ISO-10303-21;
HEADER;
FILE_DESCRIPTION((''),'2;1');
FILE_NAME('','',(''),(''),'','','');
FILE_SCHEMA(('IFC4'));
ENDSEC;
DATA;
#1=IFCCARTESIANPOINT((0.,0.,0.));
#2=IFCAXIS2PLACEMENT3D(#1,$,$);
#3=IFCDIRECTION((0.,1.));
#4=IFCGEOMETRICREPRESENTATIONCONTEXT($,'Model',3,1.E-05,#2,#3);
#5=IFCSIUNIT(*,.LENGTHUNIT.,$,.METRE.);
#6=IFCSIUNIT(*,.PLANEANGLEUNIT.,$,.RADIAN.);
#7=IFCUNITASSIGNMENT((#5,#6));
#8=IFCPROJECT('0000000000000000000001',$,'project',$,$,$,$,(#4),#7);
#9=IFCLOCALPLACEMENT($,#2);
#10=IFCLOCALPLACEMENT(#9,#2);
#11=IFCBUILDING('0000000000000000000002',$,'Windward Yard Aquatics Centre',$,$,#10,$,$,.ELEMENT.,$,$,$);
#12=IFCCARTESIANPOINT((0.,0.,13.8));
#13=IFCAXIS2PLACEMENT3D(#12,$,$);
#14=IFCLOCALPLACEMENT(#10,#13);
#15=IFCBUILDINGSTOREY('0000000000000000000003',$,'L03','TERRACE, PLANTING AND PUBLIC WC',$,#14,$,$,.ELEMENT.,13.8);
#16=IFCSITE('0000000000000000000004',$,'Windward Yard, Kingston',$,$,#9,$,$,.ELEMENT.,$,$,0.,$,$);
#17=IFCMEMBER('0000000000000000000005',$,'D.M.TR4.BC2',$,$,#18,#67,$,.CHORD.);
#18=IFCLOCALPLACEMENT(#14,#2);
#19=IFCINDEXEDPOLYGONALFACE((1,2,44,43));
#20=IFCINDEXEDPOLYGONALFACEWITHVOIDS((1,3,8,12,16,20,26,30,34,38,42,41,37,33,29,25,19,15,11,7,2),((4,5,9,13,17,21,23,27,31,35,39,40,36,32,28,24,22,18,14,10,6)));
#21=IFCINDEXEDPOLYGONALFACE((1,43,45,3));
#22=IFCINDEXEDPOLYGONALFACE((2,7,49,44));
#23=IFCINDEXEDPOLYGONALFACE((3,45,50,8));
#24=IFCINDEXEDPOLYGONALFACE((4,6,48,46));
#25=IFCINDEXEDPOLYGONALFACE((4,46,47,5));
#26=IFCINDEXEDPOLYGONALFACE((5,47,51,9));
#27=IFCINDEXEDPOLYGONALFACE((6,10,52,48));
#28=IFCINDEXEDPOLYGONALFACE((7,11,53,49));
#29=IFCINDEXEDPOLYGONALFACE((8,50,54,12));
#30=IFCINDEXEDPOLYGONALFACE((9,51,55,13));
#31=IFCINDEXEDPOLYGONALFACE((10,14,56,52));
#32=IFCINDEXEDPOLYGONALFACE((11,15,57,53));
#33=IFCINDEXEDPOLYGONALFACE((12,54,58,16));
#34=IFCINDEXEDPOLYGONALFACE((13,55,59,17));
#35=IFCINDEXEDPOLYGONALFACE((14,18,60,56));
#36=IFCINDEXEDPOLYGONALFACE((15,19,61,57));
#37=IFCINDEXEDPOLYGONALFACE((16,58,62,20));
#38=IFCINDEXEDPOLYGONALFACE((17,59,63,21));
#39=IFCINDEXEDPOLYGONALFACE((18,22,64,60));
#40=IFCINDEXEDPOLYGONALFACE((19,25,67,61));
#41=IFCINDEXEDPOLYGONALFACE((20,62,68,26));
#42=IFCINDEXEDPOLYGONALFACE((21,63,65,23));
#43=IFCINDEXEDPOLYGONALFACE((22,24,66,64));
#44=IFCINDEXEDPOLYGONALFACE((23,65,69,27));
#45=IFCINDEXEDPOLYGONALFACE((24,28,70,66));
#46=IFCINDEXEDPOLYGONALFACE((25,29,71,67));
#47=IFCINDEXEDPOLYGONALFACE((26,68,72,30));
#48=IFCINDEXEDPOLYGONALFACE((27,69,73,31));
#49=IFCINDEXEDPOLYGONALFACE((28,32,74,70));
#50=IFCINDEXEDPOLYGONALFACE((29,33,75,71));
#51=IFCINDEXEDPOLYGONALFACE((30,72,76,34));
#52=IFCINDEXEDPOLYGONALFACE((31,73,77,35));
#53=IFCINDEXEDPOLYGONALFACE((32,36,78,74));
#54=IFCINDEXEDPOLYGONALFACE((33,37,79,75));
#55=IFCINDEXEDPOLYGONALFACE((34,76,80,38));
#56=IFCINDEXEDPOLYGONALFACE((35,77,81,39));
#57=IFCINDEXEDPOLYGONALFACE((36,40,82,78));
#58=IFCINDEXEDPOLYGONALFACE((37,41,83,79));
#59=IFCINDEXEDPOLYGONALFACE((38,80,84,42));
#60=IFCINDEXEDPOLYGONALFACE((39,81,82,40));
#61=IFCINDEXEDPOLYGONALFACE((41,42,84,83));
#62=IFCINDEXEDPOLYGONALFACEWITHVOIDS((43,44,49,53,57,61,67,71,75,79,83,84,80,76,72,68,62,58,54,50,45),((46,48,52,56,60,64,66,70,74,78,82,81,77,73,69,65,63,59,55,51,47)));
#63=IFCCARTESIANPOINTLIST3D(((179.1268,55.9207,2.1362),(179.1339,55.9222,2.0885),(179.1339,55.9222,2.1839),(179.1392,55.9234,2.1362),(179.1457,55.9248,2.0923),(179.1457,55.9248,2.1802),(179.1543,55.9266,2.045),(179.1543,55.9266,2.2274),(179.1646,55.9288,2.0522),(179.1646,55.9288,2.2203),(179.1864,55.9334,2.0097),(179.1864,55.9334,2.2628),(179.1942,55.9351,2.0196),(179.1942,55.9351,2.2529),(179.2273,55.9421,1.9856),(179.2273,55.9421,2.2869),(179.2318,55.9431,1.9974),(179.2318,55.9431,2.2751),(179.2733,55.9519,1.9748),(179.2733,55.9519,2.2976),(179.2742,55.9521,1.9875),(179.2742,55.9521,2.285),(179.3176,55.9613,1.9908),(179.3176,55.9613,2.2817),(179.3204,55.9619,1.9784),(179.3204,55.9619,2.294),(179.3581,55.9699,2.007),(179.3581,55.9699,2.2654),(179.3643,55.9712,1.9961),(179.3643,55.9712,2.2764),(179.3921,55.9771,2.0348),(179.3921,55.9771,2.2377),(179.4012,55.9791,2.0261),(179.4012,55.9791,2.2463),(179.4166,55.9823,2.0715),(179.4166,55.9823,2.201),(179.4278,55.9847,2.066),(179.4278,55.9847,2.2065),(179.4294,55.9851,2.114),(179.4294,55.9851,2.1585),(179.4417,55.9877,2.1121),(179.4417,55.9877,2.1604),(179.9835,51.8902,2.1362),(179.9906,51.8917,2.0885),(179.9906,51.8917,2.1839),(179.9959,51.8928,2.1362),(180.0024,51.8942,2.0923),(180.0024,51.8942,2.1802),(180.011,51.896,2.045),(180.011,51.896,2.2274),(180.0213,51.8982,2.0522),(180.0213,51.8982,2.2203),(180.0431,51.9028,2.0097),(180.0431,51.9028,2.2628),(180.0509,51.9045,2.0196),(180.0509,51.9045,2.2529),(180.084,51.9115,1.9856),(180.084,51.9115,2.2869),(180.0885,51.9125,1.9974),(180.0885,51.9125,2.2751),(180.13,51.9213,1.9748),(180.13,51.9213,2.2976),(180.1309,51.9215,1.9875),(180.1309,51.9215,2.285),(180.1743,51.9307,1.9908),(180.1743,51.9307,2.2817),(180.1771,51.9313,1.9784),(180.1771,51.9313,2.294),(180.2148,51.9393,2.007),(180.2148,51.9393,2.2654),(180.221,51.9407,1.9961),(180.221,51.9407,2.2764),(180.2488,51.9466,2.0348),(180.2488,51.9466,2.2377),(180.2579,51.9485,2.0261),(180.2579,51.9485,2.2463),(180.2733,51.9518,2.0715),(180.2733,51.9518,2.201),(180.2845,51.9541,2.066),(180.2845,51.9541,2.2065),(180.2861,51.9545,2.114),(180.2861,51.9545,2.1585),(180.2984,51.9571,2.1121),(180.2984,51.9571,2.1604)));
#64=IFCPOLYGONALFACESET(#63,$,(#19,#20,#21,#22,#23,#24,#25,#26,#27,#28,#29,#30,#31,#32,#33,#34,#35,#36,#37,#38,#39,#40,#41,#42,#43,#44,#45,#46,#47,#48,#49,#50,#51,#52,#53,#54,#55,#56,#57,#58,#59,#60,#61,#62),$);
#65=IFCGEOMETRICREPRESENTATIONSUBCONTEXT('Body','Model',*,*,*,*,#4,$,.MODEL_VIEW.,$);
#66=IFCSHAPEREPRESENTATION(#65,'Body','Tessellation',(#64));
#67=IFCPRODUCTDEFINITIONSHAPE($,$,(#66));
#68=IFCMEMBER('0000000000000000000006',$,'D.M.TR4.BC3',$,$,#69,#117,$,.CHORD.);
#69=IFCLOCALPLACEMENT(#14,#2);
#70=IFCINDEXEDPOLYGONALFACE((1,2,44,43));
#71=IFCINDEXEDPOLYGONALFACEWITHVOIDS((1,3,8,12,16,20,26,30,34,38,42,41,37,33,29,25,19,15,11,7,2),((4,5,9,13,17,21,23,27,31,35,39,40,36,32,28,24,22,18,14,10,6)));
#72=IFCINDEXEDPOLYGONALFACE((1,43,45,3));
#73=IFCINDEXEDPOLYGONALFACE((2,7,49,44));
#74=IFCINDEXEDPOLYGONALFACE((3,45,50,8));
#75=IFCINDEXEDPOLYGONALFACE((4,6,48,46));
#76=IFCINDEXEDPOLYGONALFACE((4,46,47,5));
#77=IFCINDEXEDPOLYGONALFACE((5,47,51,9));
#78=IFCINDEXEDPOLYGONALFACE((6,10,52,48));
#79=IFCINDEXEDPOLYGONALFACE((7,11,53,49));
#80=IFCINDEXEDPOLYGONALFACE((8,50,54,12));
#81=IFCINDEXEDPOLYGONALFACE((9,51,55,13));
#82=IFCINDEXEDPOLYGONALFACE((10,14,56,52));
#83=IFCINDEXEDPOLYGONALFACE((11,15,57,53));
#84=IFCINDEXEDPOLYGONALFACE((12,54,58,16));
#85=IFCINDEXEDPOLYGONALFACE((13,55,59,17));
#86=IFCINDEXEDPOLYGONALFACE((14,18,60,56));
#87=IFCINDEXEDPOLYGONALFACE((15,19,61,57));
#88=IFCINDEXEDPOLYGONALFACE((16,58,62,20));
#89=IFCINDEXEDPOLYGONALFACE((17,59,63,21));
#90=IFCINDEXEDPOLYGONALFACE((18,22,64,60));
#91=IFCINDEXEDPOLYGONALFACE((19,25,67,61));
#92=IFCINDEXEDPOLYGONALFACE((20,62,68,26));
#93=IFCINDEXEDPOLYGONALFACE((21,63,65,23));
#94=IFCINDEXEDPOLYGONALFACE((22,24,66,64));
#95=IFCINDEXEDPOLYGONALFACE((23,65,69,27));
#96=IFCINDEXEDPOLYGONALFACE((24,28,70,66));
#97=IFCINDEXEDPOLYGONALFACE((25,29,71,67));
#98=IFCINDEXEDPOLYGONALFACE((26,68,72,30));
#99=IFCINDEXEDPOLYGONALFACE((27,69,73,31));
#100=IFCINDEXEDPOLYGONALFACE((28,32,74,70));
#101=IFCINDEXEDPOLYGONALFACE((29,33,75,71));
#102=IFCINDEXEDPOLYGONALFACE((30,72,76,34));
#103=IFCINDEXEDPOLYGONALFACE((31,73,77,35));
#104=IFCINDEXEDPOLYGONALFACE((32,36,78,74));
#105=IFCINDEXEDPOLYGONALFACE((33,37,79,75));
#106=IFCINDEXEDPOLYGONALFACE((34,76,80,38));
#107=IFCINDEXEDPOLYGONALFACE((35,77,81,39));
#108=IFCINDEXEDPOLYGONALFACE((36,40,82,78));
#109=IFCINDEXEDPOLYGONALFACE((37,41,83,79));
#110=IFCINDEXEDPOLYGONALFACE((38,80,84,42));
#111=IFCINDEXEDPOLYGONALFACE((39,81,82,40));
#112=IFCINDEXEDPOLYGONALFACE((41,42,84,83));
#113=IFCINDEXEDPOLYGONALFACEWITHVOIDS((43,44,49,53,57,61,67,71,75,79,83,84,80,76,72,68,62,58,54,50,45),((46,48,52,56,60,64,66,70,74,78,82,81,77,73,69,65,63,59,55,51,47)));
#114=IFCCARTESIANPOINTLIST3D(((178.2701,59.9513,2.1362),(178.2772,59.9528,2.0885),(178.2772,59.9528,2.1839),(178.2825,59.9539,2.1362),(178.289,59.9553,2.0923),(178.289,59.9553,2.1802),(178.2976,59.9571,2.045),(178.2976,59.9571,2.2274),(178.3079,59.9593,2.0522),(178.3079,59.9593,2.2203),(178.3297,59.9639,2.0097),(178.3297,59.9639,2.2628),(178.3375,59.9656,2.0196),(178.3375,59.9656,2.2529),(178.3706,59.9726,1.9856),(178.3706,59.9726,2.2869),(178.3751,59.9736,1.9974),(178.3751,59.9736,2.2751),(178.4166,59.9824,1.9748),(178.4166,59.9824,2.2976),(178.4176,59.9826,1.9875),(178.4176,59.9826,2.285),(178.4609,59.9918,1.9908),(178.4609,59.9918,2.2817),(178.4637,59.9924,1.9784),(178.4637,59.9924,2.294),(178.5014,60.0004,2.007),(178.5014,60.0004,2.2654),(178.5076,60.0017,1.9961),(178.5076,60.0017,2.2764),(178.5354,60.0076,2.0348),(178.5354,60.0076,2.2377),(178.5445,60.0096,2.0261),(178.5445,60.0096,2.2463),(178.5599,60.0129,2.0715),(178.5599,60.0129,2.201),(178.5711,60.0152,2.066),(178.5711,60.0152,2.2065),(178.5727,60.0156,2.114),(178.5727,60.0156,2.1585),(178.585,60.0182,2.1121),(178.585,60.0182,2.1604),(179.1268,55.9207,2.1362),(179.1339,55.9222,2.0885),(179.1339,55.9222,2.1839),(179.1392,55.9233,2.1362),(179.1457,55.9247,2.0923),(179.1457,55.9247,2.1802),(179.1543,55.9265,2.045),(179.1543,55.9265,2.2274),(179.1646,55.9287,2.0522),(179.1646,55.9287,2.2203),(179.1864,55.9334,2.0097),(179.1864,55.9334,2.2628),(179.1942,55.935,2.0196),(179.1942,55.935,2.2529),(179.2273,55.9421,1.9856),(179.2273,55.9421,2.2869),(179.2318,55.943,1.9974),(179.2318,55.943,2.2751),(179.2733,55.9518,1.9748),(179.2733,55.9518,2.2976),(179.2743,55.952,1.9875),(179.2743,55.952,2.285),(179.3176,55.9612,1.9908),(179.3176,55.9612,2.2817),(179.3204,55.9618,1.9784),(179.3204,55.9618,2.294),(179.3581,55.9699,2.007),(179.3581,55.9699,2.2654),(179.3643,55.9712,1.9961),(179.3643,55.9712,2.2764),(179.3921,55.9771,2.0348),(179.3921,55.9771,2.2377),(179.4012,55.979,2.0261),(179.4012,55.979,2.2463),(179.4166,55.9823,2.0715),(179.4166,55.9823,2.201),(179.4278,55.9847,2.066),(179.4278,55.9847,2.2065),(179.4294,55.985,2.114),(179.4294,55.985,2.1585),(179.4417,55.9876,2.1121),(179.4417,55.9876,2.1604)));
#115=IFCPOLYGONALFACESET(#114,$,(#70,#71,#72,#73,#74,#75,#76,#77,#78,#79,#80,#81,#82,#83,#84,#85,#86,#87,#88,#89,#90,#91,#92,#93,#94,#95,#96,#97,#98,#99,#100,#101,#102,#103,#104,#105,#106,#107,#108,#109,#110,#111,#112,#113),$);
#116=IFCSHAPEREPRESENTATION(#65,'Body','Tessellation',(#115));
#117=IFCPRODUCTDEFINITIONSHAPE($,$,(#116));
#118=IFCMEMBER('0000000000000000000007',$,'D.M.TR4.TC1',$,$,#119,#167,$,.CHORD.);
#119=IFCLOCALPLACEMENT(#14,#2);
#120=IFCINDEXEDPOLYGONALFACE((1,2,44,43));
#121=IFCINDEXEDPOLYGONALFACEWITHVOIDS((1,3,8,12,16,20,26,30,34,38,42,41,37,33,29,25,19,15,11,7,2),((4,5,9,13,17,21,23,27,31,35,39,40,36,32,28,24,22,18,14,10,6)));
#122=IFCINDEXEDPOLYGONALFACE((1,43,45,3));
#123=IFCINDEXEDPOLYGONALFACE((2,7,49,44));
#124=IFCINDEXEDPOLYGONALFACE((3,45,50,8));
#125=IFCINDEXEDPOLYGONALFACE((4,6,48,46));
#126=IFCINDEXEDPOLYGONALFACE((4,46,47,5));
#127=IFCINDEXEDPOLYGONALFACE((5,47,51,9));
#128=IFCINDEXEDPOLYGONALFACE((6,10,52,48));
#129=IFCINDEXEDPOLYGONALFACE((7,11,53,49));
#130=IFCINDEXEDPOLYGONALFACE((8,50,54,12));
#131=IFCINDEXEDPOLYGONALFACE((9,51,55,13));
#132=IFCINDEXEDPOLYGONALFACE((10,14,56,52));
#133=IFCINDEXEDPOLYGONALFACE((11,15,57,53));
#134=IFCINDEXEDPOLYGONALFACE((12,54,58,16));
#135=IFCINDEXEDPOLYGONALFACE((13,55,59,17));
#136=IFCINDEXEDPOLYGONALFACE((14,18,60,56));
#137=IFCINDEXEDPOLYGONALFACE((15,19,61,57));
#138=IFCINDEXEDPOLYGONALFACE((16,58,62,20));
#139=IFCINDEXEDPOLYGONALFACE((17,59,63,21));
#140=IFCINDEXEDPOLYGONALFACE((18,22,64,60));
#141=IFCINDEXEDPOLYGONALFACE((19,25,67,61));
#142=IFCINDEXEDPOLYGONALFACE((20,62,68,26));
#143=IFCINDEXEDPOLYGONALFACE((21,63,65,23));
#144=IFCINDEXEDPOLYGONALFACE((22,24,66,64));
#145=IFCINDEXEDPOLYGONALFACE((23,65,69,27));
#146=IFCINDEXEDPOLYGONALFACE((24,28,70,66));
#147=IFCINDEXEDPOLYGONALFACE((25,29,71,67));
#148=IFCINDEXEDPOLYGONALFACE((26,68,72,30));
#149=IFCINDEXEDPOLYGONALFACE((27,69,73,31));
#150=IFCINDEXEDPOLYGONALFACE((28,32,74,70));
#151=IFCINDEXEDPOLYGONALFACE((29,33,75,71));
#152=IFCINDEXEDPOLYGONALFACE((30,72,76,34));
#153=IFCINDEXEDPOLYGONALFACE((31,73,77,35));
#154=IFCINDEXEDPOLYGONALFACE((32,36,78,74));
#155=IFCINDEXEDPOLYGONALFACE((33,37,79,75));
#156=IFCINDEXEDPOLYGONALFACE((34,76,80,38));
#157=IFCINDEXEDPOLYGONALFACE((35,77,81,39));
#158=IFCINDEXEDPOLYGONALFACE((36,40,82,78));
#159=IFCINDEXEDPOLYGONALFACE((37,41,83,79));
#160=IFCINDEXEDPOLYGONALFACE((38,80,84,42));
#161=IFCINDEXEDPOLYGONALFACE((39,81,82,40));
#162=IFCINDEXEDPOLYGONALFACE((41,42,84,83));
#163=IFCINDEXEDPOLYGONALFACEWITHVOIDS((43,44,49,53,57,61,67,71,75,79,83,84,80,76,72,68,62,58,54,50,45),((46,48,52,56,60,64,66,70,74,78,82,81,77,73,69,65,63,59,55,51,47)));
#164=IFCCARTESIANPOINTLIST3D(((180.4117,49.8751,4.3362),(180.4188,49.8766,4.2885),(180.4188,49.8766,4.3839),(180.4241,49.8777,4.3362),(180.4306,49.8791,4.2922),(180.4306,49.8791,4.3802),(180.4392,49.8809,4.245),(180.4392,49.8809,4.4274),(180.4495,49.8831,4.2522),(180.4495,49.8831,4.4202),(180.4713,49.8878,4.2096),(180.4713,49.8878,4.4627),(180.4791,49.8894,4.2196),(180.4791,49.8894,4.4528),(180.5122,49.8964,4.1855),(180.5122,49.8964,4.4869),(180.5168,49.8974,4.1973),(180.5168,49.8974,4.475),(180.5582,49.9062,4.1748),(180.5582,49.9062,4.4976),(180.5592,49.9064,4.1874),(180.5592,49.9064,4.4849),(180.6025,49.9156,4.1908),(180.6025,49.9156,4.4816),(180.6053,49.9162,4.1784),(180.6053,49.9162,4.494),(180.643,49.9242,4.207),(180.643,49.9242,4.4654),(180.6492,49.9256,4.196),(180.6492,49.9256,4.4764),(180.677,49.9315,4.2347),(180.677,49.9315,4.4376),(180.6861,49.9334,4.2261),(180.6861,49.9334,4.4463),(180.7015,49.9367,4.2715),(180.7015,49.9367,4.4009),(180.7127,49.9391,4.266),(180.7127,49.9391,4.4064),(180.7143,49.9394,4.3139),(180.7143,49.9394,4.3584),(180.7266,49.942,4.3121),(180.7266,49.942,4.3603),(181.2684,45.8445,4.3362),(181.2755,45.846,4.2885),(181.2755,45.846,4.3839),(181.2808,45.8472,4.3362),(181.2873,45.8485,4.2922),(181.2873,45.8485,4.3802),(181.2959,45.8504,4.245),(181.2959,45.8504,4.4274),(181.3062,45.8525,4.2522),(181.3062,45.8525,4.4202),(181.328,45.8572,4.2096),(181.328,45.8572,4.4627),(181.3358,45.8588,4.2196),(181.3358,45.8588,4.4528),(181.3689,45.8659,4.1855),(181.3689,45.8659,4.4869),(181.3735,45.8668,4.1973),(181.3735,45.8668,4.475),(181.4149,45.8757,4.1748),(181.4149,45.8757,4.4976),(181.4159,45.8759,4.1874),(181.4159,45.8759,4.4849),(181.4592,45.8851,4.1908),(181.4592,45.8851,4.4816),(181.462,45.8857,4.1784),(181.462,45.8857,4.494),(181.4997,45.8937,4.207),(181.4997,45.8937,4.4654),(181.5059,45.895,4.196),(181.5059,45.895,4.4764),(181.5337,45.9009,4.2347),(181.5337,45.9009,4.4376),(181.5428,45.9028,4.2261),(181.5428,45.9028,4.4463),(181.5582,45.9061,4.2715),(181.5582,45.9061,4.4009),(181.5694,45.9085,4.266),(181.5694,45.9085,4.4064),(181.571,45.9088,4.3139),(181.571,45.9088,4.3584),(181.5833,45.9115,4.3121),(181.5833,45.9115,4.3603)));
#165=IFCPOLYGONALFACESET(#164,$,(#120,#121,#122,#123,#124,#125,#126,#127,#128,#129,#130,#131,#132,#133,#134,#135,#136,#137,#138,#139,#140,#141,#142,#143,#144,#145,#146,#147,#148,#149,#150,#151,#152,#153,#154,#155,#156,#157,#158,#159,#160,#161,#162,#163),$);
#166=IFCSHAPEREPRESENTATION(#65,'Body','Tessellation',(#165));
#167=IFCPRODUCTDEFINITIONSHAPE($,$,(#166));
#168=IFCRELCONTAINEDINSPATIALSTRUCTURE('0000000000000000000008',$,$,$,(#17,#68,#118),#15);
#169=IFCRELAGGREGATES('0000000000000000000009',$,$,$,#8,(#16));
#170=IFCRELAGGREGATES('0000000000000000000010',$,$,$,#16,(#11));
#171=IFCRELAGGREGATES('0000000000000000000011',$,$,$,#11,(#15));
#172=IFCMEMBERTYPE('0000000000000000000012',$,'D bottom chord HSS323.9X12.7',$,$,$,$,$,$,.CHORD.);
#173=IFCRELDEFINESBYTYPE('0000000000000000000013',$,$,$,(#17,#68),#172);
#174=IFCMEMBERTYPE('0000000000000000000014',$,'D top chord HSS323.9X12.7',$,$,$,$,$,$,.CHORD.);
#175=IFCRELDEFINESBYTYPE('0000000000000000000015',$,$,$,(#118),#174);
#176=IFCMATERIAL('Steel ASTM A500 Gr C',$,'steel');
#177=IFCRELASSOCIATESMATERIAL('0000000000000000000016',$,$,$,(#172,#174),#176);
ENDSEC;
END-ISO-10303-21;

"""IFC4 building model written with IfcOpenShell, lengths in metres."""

from ifc_helpers import new_model, si_unit, direction, frame, origin, origin_2d, place, context, subcontext, project, spatial, hollow_circle, extrude, material, material_profile, profile_set, type_object, element, save


model = new_model("IFC4")

# Units and contexts
model_context = context("Model", 3, precision=1e-05, world=origin(), true_north=direction((0.0, 1.0)))
body_context = subcontext(model_context, "Body", "Model", "MODEL_VIEW")
ifc_project = project(units=[si_unit("LENGTHUNIT", "METRE"), si_unit("PLANEANGLEUNIT", "RADIAN")], contexts=[model_context])

# Site, building, storey
site_placement = place(None, origin())
site = spatial("IfcSite", under=ifc_project, at=site_placement, Name="Windward Yard, Kingston", CompositionType="ELEMENT", RefElevation=0.0)
building_placement = place(site_placement, origin())
building = spatial("IfcBuilding", under=site, at=building_placement, Name="Windward Yard Aquatics Centre", CompositionType="ELEMENT")
storey_placement = place(building_placement, frame((0.0, 0.0, 13.8)))
storey = spatial("IfcBuildingStorey", under=building, at=storey_placement, Name="L03", Description="TERRACE, PLANTING AND PUBLIC WC", CompositionType="ELEMENT", Elevation=13.8)

# Shared definitions
ifc_material_1 = material(Name="Steel ASTM A500 Gr C", Category="steel")

# Members
ifc_material_profile_1 = material_profile(ifc_material_1, hollow_circle(Radius=0.1619, WallThickness=0.0127, at=origin_2d()), Name="HSS323.9X12.7")
ifc_profile_set_1 = profile_set([ifc_material_profile_1], Name="Steel ASTM A500 Gr C")
member_type_1 = type_object("IfcMemberType", Name="D bottom chord HSS323.9X12.7", PredefinedType="CHORD", material=ifc_profile_set_1)
for number, where, z_axis, x_axis, name in (
    (1, (180.1418, 51.9238, 2.1362), (-0.207906, 0.978149, 0.0), (-0.978149, -0.207906, 0.0), "D.M.TR4.BC2"),
    (2, (179.2852, 55.9543, 2.1362), (-0.207906, 0.978149, 0.0), (-0.978149, -0.207906, 0.0), "D.M.TR4.BC3"),
):
    element("IfcMember", number, at=place(storey_placement, frame(where, z_axis=z_axis, x_axis=x_axis)), inside=storey, type_object=member_type_1, Name=name, PredefinedType="CHORD", context=body_context, shape_type="SweptSolid", body=[
        extrude(hollow_circle(Radius=0.1619, WallThickness=0.0127, at=origin_2d()), origin(), (0.0, 0.0, 1.0), 4.1206),
    ])
ifc_material_profile_2 = material_profile(ifc_material_1, hollow_circle(Radius=0.1619, WallThickness=0.0127, at=origin_2d()), Name="HSS323.9X12.7")
ifc_profile_set_2 = profile_set([ifc_material_profile_2], Name="Steel ASTM A500 Gr C")
member_type_2 = type_object("IfcMemberType", Name="D top chord HSS323.9X12.7", PredefinedType="CHORD", material=ifc_profile_set_2)
for number, where, z_axis, x_axis, name in (
    (3, (181.4268, 45.8782, 4.3362), (-0.207906, 0.978149, 0.0), (-0.978149, -0.207906, 0.0), "D.M.TR4.TC1"),
):
    element("IfcMember", number, at=place(storey_placement, frame(where, z_axis=z_axis, x_axis=x_axis)), inside=storey, type_object=member_type_2, Name=name, PredefinedType="CHORD", context=body_context, shape_type="SweptSolid", body=[
        extrude(hollow_circle(Radius=0.1619, WallThickness=0.0127, at=origin_2d()), origin(), (0.0, 0.0, 1.0), 4.1206),
    ])

save(model, "model.ifc")
